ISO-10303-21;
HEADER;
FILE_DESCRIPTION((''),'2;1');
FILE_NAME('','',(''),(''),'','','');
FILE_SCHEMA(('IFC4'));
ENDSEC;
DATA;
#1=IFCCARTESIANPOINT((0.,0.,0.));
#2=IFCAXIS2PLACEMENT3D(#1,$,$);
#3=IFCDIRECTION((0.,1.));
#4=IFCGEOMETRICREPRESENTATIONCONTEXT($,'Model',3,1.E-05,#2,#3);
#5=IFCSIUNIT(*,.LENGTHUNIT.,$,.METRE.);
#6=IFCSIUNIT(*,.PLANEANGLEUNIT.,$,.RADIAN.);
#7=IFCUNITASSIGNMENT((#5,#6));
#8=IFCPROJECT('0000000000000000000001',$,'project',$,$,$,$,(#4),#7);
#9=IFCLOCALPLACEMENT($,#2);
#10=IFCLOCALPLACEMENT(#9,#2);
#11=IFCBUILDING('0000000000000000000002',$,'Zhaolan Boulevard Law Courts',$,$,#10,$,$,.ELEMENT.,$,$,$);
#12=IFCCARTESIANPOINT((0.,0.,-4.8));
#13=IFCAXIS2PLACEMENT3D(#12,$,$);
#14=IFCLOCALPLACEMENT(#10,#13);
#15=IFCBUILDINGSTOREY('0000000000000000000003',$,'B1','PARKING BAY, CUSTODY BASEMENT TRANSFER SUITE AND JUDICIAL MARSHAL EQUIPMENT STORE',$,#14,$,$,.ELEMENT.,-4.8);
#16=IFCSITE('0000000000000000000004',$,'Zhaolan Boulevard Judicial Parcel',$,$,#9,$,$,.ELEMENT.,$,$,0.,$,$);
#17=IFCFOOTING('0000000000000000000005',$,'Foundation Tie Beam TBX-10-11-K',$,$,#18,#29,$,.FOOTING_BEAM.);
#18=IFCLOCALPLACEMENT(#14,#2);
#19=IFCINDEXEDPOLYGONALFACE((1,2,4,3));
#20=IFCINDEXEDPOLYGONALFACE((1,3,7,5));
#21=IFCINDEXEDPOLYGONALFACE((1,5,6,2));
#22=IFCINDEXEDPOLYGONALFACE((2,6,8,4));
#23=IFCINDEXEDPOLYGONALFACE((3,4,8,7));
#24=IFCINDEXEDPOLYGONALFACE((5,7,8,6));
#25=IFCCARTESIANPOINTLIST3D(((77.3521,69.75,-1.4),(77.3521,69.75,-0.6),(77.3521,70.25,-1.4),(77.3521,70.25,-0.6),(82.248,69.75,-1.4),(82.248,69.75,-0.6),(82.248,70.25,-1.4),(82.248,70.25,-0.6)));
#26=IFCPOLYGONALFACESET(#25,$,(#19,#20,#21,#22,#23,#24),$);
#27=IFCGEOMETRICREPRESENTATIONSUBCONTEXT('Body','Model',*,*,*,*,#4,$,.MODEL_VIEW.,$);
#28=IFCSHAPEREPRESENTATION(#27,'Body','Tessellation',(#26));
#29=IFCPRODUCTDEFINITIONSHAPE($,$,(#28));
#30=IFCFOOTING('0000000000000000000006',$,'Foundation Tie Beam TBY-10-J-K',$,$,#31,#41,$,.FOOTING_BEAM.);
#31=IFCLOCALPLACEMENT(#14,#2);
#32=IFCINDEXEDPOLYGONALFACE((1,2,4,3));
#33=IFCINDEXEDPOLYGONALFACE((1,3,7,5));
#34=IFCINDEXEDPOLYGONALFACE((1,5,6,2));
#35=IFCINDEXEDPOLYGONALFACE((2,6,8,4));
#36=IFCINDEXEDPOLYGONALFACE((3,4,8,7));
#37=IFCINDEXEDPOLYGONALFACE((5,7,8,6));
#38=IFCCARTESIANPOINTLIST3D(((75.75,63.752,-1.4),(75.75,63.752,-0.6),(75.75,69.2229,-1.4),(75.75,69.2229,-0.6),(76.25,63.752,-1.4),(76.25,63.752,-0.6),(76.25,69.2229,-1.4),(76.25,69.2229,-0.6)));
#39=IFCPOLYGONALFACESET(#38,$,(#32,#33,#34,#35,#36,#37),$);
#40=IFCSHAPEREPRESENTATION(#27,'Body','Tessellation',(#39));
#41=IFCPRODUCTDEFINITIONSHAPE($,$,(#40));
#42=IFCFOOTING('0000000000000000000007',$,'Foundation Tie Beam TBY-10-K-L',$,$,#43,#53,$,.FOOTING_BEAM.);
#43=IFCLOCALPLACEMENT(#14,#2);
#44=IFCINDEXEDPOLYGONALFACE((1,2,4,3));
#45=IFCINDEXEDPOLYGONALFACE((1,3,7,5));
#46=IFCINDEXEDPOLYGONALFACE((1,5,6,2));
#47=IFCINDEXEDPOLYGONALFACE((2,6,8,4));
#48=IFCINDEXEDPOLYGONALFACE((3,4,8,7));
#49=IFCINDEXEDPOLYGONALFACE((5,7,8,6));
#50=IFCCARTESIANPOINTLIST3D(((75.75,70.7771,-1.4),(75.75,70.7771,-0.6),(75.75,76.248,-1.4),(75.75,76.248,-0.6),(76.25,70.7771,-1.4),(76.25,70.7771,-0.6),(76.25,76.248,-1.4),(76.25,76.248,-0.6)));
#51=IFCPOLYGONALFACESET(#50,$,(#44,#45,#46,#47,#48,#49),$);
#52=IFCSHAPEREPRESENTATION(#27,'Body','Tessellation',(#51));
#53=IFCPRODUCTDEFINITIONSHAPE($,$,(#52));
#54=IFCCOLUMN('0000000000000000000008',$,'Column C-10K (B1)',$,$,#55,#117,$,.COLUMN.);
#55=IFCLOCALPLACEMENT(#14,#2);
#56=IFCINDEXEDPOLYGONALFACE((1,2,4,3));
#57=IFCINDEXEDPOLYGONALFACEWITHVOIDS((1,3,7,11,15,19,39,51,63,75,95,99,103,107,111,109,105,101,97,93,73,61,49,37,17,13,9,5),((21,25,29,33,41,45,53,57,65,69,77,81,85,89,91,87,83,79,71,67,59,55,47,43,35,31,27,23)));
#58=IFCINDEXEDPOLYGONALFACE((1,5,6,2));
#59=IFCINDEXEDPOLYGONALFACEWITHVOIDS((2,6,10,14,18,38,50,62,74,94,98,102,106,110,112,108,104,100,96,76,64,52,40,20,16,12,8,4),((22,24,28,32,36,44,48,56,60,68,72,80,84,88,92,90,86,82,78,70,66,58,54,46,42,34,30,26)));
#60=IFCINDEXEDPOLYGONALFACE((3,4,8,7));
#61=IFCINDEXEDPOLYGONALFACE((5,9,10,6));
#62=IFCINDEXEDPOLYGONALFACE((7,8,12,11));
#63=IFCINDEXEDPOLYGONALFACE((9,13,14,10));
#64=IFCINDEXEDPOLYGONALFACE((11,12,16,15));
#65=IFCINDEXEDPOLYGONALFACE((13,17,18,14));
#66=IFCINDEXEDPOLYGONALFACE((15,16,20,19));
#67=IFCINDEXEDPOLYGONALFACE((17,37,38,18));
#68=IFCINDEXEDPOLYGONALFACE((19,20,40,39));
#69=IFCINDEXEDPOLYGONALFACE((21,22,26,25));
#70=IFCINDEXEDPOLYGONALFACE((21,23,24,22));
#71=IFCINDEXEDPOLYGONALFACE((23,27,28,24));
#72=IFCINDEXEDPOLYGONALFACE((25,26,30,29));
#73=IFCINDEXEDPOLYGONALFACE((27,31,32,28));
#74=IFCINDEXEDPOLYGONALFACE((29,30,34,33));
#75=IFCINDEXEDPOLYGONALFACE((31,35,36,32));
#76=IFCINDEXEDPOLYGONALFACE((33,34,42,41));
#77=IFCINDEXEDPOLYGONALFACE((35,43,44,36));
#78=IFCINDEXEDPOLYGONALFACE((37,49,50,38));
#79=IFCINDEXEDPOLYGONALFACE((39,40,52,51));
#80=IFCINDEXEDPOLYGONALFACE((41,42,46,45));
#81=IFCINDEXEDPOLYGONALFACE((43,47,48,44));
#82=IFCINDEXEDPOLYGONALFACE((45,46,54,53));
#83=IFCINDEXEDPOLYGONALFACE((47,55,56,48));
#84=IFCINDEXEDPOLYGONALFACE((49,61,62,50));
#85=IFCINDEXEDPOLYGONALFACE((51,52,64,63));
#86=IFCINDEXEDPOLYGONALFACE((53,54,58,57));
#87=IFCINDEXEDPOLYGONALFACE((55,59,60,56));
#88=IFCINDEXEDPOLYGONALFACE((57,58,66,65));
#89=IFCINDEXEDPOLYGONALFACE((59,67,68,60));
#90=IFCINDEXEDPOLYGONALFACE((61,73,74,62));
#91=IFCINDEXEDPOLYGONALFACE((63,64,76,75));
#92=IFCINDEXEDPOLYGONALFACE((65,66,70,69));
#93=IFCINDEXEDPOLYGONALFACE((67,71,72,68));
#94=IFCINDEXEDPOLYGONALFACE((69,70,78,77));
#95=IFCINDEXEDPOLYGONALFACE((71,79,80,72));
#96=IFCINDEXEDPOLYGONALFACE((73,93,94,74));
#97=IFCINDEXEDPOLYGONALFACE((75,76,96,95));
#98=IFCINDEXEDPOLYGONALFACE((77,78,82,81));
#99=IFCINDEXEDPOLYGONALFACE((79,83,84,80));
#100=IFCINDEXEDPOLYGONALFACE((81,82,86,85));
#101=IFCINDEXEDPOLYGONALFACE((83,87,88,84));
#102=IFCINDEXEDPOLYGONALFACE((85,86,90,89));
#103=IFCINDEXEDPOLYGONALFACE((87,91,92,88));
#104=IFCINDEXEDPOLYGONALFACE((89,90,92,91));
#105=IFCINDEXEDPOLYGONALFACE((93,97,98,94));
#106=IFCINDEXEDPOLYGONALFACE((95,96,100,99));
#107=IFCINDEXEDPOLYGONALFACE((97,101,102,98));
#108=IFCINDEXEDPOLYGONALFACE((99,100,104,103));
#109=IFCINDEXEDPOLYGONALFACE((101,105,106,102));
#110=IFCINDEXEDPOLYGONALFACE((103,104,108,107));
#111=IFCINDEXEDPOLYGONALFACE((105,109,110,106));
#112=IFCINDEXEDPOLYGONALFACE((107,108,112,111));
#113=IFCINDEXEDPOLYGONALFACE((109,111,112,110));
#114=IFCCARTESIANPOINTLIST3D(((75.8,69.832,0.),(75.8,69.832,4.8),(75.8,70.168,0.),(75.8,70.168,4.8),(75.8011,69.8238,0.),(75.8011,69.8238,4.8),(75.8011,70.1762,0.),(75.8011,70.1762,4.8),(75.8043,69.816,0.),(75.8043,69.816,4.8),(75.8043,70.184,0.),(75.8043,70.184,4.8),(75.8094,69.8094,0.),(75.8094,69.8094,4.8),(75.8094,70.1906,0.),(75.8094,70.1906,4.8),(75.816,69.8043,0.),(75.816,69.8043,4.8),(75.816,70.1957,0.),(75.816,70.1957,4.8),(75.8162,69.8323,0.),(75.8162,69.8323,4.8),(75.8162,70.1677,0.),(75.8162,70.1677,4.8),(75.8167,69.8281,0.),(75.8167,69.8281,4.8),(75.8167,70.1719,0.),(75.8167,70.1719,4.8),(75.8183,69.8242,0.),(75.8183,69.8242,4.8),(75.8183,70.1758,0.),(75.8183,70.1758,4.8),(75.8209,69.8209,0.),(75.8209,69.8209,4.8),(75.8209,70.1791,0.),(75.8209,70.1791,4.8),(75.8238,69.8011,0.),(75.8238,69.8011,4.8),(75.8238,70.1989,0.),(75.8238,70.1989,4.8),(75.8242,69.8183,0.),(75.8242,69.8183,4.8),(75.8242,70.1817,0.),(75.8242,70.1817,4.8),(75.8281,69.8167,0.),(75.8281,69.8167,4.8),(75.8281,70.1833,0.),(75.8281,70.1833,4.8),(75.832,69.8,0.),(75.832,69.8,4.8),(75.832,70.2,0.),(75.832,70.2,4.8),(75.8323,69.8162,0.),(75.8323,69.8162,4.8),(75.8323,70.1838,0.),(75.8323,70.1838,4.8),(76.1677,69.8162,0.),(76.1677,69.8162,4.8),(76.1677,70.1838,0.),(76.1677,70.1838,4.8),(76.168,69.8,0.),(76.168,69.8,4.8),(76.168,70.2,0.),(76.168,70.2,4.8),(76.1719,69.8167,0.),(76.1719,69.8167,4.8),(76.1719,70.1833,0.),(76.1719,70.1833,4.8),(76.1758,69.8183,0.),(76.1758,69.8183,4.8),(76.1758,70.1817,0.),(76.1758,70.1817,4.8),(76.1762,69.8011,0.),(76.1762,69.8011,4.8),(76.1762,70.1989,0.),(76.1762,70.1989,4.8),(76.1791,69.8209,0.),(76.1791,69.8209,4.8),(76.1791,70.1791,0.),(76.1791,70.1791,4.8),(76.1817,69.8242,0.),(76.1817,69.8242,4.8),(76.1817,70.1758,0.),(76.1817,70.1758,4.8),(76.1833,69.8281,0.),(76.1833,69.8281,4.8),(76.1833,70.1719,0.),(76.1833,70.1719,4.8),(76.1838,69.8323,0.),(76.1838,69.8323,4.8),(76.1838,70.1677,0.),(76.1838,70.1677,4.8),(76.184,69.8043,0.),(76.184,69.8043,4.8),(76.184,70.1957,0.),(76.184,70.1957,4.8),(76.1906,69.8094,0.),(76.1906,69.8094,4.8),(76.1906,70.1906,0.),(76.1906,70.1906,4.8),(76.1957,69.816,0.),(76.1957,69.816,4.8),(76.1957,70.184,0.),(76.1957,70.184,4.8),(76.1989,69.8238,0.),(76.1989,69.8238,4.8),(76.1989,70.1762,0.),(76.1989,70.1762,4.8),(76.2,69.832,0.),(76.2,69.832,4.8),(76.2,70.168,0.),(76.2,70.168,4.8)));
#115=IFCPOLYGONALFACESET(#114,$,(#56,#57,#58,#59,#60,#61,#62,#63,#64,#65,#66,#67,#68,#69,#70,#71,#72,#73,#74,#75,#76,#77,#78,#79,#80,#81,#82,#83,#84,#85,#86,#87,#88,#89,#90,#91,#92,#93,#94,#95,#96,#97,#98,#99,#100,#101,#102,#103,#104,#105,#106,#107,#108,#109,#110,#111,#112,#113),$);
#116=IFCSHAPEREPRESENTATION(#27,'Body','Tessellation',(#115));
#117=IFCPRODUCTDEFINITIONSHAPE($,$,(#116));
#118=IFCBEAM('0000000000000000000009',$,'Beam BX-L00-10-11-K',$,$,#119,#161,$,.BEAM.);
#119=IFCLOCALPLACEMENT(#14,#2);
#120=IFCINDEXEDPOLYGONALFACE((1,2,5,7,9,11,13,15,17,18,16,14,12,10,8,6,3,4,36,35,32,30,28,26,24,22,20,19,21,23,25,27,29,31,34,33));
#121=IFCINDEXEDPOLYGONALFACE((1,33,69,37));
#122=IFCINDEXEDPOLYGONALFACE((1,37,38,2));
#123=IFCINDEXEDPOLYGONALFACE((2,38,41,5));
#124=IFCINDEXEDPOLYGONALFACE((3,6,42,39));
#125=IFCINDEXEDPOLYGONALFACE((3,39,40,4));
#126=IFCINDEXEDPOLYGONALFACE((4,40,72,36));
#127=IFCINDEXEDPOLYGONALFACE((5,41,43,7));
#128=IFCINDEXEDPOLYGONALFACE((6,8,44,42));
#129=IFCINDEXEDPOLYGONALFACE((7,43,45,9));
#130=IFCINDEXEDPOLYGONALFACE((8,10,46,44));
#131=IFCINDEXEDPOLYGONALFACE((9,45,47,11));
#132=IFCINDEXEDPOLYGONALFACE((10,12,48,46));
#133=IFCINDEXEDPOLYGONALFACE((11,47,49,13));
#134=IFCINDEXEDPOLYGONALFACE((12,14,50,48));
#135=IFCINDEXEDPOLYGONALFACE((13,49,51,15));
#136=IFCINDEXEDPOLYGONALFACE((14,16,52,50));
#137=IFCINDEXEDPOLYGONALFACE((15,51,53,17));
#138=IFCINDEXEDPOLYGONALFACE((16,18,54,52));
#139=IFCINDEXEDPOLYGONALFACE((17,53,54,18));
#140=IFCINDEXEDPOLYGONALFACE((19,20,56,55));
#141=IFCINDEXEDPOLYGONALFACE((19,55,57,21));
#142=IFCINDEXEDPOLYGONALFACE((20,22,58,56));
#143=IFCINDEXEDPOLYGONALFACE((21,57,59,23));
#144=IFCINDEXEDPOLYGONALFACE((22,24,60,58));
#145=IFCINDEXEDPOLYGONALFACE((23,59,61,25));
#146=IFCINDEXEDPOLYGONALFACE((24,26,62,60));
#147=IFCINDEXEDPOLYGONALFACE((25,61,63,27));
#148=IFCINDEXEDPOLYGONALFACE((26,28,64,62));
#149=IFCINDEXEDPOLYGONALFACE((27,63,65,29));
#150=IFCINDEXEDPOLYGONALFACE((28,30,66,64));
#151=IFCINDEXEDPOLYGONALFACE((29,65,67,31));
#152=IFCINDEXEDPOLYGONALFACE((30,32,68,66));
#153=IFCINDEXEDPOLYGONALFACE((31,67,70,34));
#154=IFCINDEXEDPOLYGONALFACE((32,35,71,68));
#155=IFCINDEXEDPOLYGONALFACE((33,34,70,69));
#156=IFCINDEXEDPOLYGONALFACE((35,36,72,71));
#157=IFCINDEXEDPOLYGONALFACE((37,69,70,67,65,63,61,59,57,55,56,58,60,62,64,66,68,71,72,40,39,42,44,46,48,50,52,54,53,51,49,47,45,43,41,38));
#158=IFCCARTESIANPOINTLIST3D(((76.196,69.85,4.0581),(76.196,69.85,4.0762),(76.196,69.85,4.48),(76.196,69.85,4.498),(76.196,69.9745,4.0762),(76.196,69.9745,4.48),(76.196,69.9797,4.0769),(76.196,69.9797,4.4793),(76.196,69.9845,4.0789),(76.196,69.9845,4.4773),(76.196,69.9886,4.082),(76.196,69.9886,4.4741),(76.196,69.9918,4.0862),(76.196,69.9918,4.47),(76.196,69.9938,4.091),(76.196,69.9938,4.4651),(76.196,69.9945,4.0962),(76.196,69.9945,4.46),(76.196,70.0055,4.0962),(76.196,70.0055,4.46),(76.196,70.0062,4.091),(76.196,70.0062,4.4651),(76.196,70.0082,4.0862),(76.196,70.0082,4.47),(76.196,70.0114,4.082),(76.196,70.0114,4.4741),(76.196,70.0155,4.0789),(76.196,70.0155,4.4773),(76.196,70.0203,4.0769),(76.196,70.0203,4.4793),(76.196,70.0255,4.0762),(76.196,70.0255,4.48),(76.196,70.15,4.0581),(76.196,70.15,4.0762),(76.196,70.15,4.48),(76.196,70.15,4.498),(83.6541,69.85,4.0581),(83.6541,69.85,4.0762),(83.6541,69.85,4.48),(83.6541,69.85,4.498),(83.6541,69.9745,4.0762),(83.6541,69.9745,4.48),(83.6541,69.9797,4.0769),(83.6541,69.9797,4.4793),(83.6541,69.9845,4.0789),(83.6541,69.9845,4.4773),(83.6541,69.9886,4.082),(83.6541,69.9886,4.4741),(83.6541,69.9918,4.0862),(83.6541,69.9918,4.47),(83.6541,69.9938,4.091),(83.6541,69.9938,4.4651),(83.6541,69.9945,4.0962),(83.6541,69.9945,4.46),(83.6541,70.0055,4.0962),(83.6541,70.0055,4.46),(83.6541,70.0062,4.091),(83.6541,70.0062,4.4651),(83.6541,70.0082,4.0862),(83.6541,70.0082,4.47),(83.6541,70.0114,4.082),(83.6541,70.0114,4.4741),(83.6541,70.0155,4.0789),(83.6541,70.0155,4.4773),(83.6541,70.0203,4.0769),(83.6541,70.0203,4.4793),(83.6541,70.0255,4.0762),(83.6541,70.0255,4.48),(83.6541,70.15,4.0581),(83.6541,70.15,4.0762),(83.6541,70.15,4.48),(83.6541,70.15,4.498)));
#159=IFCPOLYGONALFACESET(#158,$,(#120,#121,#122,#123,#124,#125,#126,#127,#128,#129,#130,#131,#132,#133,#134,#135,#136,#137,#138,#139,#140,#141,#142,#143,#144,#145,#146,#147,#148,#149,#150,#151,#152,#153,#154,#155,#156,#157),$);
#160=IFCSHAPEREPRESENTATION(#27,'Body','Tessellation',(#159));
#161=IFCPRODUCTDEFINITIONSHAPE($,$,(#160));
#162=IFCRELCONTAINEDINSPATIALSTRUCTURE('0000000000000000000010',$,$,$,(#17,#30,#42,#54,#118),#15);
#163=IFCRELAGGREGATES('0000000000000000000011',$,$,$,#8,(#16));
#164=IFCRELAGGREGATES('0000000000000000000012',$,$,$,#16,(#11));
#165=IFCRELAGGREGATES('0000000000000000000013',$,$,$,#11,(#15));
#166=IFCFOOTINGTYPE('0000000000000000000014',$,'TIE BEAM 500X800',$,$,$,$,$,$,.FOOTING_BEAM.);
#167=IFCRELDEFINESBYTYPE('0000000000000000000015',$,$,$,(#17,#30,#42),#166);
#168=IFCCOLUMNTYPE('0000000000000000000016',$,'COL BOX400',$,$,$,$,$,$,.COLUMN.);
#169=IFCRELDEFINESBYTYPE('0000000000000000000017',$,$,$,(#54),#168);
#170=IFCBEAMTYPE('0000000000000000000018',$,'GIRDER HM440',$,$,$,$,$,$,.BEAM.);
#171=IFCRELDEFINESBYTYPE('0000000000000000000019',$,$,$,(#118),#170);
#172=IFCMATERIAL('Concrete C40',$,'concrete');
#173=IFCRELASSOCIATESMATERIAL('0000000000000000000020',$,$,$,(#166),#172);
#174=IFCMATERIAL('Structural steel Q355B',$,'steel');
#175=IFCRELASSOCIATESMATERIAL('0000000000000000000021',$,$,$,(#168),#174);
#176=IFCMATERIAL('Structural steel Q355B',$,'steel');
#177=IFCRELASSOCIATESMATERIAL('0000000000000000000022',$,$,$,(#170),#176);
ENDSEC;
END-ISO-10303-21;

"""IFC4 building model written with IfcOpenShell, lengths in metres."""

from ifc_helpers import new_model, si_unit, direction, frame, origin, origin_2d, place, context, subcontext, project, spatial, rectangle, hollow_rectangle, i_section, extrude, material, material_profile, profile_set, type_object, element, save


model = new_model("IFC4")

# Units and contexts
model_context = context("Model", 3, precision=1e-05, world=origin(), true_north=direction((0.0, 1.0)))
body_context = subcontext(model_context, "Body", "Model", "MODEL_VIEW")
ifc_project = project(units=[si_unit("LENGTHUNIT", "METRE"), si_unit("PLANEANGLEUNIT", "RADIAN")], contexts=[model_context])

# Site, building, storey
site_placement = place(None, origin())
site = spatial("IfcSite", under=ifc_project, at=site_placement, Name="Zhaolan Boulevard Judicial Parcel", CompositionType="ELEMENT", RefElevation=0.0)
building_placement = place(site_placement, origin())
building = spatial("IfcBuilding", under=site, at=building_placement, Name="Zhaolan Boulevard Law Courts", CompositionType="ELEMENT")
storey_placement = place(building_placement, frame((0.0, 0.0, -4.8)))
storey = spatial("IfcBuildingStorey", under=building, at=storey_placement, Name="B1", Description="PARKING BAY, CUSTODY BASEMENT TRANSFER SUITE AND JUDICIAL MARSHAL EQUIPMENT STORE", CompositionType="ELEMENT", Elevation=-4.8)

# Footings
ifc_material_1 = material(Name="Concrete C40", Category="concrete")
ifc_material_profile_1 = material_profile(ifc_material_1, rectangle(XDim=0.5, YDim=0.8, at=origin_2d()), Name="RC500x800")
ifc_profile_set_1 = profile_set([ifc_material_profile_1], Name="Concrete C40")
footing_type_1 = type_object("IfcFootingType", Name="TIE BEAM 500X800", PredefinedType="FOOTING_BEAM", material=ifc_profile_set_1)
footing_1_placement = place(storey_placement, frame((77.3521, 70.0, -1.0), z_axis=(1.0, 0.0, 0.0), x_axis=(0.0, 1.0, 0.0)))
element("IfcFooting", 1, at=footing_1_placement, inside=storey, type_object=footing_type_1, Name="Foundation Tie Beam TBX-10-11-K", PredefinedType="FOOTING_BEAM", context=body_context, shape_type="SweptSolid", body=[
    extrude(rectangle(XDim=0.5, YDim=0.8, at=origin_2d()), origin(), (0.0, 0.0, 1.0), 4.896),
])
for number, where, z_axis, x_axis, name in (
    (2, (76.0, 63.752, -1.0), (0.0, 1.0, 0.0), (-1.0, 0.0, 0.0), "Foundation Tie Beam TBY-10-J-K"),
    (3, (76.0, 70.7771, -1.0), (0.0, 1.0, 0.0), (-1.0, 0.0, 0.0), "Foundation Tie Beam TBY-10-K-L"),
):
    element("IfcFooting", number, at=place(storey_placement, frame(where, z_axis=z_axis, x_axis=x_axis)), inside=storey, type_object=footing_type_1, Name=name, PredefinedType="FOOTING_BEAM", context=body_context, shape_type="SweptSolid", body=[
        extrude(rectangle(XDim=0.5, YDim=0.8, at=origin_2d()), origin(), (0.0, 0.0, 1.0), 5.4709),
    ])

# Column
ifc_material_2 = material(Name="Structural steel Q355B", Category="steel")
ifc_material_profile_2 = material_profile(ifc_material_2, hollow_rectangle(XDim=0.3999, YDim=0.3999, WallThickness=0.0161, InnerFilletRadius=0.0161, OuterFilletRadius=0.032, at=origin_2d()), Name="BOX400x400x16")
ifc_profile_set_2 = profile_set([ifc_material_profile_2], Name="Structural steel Q355B")
column_type = type_object("IfcColumnType", Name="COL BOX400", PredefinedType="COLUMN", material=ifc_profile_set_2)
column_placement = place(storey_placement, frame((76.0, 70.0, 0.0), z_axis=(0.0, 0.0, 1.0), x_axis=(1.0, 0.0, 0.0)))
element("IfcColumn", 4, at=column_placement, inside=storey, type_object=column_type, Name="Column C-10K (B1)", PredefinedType="COLUMN", context=body_context, shape_type="SweptSolid", body=[
    extrude(hollow_rectangle(XDim=0.3999, YDim=0.3999, WallThickness=0.0161, InnerFilletRadius=0.0161, OuterFilletRadius=0.032, at=origin_2d()), origin(), (0.0, 0.0, 1.0), 4.8),
])

# Beam
ifc_material_3 = material(Name="Structural steel Q355B", Category="steel")
ifc_material_profile_3 = material_profile(ifc_material_3, i_section(OverallWidth=0.3, OverallDepth=0.4399, WebThickness=0.011, FlangeThickness=0.0181, FilletRadius=0.02, at=origin_2d()), Name="HM440x300")
ifc_profile_set_3 = profile_set([ifc_material_profile_3], Name="Structural steel Q355B")
beam_type_1 = type_object("IfcBeamType", Name="GIRDER HM440", PredefinedType="BEAM", material=ifc_profile_set_3)
beam_1_placement = place(storey_placement, frame((76.196, 70.0, 4.2781), z_axis=(1.0, 0.0, 0.0), x_axis=(0.0, 1.0, 0.0)))
element("IfcBeam", 5, at=beam_1_placement, inside=storey, type_object=beam_type_1, Name="Beam BX-L00-10-11-K", PredefinedType="BEAM", context=body_context, shape_type="SweptSolid", body=[
    extrude(i_section(OverallWidth=0.3, OverallDepth=0.4399, WebThickness=0.011, FlangeThickness=0.0181, FilletRadius=0.02, at=origin_2d()), origin(), (0.0, 0.0, 1.0), 7.458),
])

save(model, "model.ifc")
